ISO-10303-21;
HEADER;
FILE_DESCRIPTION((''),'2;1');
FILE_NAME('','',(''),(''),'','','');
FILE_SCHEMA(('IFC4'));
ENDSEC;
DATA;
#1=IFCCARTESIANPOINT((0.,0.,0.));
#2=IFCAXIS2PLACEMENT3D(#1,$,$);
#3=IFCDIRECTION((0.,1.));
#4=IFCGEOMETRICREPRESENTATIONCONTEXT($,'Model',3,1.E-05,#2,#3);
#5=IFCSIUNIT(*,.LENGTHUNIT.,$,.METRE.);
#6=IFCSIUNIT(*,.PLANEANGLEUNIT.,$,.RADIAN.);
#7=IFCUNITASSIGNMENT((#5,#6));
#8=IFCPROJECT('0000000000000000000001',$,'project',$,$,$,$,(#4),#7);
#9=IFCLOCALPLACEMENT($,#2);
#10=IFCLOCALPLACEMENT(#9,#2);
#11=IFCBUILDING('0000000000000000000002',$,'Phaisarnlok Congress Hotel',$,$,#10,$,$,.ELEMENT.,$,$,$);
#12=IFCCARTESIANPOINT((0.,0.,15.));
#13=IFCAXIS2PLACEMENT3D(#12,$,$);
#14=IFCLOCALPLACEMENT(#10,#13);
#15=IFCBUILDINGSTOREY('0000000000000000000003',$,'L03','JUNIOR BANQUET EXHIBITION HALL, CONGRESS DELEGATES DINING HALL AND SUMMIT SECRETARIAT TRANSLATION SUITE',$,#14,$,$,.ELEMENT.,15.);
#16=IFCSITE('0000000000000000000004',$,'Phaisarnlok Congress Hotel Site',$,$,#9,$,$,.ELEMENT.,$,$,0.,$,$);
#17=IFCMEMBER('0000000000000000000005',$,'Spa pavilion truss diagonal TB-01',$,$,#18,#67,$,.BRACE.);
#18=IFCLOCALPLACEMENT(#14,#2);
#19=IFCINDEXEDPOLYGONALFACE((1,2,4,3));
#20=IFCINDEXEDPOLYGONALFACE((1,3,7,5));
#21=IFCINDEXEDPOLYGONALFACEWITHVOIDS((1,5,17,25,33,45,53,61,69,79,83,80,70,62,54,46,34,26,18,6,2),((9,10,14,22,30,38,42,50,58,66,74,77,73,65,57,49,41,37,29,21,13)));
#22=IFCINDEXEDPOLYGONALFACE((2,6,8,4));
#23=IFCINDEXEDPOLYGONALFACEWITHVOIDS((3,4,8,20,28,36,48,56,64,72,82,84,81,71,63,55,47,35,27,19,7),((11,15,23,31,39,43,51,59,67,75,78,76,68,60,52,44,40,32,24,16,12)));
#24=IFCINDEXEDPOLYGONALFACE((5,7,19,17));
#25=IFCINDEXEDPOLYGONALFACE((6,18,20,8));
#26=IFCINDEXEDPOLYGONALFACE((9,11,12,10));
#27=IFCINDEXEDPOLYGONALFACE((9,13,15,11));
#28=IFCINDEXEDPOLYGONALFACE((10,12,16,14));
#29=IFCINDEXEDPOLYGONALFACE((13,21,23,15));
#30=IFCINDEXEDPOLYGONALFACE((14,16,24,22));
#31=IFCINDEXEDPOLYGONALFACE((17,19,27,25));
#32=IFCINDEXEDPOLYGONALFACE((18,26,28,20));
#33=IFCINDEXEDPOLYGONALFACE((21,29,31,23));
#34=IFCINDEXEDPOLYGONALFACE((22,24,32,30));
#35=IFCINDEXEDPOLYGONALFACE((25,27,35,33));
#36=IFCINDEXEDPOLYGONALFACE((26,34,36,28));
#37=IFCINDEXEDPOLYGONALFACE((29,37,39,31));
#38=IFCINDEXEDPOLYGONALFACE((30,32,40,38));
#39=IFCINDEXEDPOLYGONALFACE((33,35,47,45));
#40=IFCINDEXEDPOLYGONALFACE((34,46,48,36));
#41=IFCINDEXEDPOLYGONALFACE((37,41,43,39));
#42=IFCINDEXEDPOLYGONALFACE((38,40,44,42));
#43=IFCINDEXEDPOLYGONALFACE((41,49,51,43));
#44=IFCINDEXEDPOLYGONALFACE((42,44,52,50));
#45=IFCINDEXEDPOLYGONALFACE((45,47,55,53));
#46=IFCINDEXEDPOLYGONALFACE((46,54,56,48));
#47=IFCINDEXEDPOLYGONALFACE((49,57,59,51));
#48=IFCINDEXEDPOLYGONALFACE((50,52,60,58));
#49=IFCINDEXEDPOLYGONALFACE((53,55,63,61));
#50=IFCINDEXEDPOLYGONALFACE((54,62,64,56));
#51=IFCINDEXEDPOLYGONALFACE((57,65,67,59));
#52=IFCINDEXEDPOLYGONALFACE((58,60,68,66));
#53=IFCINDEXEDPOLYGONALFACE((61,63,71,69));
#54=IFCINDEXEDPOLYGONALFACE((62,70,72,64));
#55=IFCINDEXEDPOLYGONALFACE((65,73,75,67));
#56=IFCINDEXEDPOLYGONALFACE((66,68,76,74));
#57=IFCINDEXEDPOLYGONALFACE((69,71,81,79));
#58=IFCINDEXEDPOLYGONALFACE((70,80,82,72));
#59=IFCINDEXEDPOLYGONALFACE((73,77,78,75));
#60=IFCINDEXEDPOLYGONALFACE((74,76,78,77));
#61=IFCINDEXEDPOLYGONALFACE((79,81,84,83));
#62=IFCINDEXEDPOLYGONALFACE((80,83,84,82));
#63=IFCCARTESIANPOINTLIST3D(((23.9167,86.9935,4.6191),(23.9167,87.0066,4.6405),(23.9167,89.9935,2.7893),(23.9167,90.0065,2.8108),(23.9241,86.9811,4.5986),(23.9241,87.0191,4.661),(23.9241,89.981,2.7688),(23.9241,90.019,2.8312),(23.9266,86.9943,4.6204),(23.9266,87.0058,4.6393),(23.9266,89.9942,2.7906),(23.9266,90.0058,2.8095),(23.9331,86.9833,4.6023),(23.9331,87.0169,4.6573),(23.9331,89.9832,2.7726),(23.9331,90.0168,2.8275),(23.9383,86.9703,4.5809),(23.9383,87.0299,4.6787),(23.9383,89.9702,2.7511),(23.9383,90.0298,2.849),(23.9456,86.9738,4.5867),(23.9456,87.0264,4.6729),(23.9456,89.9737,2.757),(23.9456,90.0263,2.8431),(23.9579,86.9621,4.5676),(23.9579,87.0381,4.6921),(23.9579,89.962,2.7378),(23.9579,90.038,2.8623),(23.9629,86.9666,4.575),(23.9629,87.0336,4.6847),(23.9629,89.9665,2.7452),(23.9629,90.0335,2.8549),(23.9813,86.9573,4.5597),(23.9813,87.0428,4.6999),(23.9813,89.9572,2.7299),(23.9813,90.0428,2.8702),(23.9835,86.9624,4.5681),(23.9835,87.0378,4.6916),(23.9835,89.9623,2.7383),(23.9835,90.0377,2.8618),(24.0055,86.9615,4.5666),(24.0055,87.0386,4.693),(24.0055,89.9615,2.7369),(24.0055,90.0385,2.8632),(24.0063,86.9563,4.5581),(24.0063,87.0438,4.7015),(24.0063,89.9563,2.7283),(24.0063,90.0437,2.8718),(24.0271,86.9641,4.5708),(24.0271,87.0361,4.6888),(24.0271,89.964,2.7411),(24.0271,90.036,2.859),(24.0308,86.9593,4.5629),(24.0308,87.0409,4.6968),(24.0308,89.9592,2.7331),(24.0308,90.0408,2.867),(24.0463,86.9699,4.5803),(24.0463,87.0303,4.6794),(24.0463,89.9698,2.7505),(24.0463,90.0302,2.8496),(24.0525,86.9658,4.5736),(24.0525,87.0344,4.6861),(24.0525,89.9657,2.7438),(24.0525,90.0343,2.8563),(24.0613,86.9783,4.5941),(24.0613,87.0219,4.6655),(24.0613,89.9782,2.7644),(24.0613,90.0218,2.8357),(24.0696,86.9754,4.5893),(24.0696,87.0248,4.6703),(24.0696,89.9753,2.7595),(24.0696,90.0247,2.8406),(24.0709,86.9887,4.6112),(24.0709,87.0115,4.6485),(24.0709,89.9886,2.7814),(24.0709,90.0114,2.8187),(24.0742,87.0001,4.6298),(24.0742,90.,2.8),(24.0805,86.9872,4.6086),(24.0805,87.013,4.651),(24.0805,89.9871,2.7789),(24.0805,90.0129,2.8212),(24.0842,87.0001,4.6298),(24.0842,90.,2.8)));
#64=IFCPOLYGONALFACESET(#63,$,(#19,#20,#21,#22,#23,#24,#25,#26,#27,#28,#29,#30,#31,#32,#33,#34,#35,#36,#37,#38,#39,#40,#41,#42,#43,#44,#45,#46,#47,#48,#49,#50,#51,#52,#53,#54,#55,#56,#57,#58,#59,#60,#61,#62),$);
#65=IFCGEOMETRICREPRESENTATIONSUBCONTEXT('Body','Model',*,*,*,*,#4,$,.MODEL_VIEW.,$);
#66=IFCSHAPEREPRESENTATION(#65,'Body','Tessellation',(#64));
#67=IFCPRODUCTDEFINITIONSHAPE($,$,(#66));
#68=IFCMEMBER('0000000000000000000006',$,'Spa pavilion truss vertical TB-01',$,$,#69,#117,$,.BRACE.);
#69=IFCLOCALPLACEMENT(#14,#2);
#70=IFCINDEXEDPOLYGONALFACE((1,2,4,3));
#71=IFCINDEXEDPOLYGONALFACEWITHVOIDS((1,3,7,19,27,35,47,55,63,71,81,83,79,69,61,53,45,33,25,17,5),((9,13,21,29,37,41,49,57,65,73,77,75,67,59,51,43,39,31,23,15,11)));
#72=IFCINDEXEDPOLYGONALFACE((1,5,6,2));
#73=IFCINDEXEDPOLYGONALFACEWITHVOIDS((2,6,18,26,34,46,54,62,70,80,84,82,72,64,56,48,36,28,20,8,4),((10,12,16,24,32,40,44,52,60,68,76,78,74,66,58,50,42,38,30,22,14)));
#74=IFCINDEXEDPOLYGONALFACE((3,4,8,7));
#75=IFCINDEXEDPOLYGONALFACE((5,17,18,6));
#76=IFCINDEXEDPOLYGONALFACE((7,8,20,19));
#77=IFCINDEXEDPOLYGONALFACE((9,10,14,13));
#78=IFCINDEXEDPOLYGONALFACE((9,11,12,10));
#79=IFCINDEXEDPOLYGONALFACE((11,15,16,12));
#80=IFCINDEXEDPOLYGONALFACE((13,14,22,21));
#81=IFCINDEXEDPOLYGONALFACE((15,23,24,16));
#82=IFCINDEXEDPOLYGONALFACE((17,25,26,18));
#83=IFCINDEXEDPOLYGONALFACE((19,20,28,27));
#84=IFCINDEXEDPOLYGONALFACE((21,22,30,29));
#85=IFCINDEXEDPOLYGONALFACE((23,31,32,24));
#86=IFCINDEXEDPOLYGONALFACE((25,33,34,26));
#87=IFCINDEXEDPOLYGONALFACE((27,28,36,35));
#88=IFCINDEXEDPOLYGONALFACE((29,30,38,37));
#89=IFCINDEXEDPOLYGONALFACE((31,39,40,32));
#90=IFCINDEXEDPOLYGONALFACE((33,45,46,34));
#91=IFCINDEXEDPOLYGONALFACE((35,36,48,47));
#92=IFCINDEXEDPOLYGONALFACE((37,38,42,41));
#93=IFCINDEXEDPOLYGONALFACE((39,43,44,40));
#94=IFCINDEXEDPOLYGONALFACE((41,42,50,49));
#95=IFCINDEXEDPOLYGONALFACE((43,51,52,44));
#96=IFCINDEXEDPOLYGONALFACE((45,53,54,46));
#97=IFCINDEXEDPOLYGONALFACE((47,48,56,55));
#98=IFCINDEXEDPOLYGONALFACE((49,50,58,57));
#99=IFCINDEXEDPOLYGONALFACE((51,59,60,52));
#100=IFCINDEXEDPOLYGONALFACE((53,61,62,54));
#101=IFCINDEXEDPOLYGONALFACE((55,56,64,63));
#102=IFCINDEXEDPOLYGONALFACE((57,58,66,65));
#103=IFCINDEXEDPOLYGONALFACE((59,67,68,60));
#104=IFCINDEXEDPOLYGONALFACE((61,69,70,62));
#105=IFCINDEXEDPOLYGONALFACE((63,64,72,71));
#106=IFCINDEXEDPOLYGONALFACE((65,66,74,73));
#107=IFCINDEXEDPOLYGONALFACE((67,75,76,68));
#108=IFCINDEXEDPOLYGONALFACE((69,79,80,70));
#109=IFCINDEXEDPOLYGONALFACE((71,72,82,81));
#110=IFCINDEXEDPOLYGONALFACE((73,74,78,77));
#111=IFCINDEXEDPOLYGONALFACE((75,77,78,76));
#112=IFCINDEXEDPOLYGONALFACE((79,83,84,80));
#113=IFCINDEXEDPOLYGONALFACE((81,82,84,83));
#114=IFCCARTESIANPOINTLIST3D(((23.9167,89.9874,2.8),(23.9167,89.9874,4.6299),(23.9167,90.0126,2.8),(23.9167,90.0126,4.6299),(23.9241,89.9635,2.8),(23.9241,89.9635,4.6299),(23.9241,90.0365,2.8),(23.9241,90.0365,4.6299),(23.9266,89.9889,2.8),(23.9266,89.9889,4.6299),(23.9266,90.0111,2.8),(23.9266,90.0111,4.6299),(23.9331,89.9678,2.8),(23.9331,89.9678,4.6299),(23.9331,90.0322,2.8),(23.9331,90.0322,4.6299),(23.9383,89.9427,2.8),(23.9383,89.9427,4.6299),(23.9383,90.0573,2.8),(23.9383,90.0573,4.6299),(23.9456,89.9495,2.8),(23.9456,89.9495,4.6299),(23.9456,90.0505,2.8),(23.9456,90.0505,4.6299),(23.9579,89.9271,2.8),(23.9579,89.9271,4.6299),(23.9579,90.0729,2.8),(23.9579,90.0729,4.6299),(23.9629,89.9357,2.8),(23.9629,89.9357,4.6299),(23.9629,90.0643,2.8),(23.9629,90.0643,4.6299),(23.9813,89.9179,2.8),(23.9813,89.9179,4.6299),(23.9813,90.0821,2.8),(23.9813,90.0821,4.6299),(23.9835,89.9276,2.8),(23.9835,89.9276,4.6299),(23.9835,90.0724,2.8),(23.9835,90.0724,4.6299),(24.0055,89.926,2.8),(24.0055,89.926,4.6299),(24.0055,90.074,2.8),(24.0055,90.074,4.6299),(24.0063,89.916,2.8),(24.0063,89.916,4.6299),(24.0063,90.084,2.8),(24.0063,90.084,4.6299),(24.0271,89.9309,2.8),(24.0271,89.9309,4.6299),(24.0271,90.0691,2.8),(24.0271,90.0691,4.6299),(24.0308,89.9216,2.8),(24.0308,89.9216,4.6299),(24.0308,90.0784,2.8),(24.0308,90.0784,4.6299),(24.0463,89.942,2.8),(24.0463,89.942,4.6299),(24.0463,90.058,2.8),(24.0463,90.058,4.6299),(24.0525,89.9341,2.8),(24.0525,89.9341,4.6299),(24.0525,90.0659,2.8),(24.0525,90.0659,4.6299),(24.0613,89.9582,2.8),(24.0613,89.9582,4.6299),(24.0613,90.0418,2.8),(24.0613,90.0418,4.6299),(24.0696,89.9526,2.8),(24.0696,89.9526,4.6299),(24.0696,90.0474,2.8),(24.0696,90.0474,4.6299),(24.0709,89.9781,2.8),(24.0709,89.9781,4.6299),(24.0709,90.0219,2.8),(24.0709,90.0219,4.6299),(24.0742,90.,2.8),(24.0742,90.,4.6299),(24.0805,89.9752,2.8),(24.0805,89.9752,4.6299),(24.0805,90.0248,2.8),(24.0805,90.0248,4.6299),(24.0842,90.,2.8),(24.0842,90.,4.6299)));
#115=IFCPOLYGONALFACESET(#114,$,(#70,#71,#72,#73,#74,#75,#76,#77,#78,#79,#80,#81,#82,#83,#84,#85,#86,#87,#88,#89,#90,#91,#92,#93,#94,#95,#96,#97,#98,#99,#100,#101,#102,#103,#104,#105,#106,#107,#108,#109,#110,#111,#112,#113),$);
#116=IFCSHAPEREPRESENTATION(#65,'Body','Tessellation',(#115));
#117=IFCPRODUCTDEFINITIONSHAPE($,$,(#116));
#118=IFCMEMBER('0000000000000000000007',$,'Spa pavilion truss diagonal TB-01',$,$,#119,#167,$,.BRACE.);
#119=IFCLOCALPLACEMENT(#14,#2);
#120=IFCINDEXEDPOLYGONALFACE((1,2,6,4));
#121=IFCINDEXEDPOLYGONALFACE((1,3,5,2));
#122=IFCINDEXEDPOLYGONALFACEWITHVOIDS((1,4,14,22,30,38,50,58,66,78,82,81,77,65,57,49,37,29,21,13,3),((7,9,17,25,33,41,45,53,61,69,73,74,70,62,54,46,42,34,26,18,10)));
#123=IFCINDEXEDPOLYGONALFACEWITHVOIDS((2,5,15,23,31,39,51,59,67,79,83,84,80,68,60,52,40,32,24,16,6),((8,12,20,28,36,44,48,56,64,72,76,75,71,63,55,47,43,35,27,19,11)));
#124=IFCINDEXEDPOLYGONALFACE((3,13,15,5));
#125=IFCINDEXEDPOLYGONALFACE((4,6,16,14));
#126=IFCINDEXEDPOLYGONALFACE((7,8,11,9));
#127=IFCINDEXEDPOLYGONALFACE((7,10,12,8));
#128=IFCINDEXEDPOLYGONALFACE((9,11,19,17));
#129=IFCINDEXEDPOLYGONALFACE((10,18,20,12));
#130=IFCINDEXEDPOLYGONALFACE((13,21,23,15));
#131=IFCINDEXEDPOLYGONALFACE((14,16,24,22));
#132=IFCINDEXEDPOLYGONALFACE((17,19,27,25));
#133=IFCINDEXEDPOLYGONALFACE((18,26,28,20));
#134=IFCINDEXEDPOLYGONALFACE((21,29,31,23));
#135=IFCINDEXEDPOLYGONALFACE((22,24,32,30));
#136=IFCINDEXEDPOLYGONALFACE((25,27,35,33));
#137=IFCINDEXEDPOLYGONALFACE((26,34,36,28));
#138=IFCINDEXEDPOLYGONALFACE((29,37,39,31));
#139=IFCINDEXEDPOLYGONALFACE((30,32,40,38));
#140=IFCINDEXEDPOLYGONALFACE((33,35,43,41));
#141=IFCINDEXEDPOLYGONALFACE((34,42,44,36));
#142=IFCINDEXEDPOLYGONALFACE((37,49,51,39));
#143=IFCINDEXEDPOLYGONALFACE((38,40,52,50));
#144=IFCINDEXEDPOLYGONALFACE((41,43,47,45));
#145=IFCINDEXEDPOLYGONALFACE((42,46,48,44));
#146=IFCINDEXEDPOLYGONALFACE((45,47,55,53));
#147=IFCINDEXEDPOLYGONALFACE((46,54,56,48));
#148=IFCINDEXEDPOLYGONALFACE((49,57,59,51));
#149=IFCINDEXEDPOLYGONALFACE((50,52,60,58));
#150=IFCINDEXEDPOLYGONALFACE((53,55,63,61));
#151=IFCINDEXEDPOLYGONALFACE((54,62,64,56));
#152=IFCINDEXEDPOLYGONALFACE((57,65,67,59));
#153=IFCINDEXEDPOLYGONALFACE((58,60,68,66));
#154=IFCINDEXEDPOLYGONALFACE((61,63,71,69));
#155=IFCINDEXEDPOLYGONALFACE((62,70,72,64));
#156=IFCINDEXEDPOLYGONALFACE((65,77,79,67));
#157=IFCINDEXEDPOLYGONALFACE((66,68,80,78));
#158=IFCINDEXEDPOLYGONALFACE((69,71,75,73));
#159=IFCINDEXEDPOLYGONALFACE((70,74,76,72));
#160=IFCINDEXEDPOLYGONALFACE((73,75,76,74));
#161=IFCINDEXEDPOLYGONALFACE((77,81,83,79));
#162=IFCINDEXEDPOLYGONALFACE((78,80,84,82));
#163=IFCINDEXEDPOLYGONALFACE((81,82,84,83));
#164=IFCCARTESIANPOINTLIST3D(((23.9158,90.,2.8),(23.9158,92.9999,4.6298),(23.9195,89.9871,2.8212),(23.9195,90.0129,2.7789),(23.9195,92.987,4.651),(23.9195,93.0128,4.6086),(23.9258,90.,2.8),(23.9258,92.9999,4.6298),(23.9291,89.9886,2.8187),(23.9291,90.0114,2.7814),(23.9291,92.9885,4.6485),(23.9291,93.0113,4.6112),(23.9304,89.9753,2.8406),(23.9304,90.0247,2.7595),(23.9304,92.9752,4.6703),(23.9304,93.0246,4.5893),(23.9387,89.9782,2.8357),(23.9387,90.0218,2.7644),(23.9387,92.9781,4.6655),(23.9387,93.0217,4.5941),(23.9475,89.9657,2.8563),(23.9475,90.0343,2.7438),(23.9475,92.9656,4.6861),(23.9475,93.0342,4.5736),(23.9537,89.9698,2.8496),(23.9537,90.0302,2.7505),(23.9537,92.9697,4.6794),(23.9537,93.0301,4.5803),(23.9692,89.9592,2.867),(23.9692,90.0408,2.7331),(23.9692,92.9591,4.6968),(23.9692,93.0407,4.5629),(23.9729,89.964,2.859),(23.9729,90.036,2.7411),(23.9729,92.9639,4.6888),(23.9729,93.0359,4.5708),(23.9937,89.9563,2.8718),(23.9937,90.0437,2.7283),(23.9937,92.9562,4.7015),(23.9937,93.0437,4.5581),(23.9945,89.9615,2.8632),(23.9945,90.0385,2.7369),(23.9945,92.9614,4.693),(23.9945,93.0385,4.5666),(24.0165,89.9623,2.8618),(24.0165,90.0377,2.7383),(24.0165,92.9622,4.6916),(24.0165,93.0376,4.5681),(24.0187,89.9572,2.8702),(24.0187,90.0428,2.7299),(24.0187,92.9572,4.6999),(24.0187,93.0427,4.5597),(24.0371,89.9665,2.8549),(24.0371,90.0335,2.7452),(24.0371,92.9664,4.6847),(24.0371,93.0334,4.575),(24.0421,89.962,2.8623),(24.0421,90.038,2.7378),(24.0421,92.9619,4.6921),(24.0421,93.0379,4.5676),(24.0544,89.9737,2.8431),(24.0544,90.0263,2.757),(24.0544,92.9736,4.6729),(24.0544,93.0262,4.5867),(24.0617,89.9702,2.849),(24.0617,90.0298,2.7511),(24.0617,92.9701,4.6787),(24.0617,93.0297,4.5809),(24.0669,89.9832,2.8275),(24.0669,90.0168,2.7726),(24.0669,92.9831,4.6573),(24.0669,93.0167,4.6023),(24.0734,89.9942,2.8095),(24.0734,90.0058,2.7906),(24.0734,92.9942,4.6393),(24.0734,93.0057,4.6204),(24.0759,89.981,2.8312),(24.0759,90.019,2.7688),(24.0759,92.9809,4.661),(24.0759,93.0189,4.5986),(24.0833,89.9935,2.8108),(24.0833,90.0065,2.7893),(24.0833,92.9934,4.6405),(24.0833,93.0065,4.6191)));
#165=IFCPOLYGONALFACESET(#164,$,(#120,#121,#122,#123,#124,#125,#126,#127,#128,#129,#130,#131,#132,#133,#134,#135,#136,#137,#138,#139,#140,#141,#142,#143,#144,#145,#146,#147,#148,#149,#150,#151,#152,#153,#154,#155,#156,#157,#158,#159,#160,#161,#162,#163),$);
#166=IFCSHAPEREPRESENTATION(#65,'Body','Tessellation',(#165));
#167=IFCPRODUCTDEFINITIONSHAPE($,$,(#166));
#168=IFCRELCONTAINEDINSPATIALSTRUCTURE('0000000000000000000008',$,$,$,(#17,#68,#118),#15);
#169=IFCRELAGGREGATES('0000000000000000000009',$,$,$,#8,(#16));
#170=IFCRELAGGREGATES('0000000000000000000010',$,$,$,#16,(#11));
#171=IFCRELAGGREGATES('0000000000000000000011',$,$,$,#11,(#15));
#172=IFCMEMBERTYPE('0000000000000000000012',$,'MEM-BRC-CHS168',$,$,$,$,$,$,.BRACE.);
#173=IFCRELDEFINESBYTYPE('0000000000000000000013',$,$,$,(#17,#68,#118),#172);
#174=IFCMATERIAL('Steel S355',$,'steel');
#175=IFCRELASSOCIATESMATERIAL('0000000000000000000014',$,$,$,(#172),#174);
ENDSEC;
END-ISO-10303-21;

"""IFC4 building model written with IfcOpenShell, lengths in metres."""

from ifc_helpers import new_model, si_unit, direction, frame, origin, origin_2d, place, context, subcontext, project, spatial, hollow_circle, extrude, material, material_profile, profile_set, type_object, element, save


model = new_model("IFC4")

# Units and contexts
model_context = context("Model", 3, precision=1e-05, world=origin(), true_north=direction((0.0, 1.0)))
body_context = subcontext(model_context, "Body", "Model", "MODEL_VIEW")
ifc_project = project(units=[si_unit("LENGTHUNIT", "METRE"), si_unit("PLANEANGLEUNIT", "RADIAN")], contexts=[model_context])

# Site, building, storey
site_placement = place(None, origin())
site = spatial("IfcSite", under=ifc_project, at=site_placement, Name="Phaisarnlok Congress Hotel Site", CompositionType="ELEMENT", RefElevation=0.0)
building_placement = place(site_placement, origin())
building = spatial("IfcBuilding", under=site, at=building_placement, Name="Phaisarnlok Congress Hotel", CompositionType="ELEMENT")
storey_placement = place(building_placement, frame((0.0, 0.0, 15.0)))
storey = spatial("IfcBuildingStorey", under=building, at=storey_placement, Name="L03", Description="JUNIOR BANQUET EXHIBITION HALL, CONGRESS DELEGATES DINING HALL AND SUMMIT SECRETARIAT TRANSLATION SUITE", CompositionType="ELEMENT", Elevation=15.0)

# Members
ifc_material = material(Name="Steel S355", Category="steel")
ifc_material_profile_1 = material_profile(ifc_material, hollow_circle(Radius=0.0842, WallThickness=0.01, at=origin_2d()), Name="CHS 168.3x10")
ifc_profile_set_1 = profile_set([ifc_material_profile_1], Name="Steel S355")
member_type_1 = type_object("IfcMemberType", Name="MEM-BRC-CHS168", PredefinedType="BRACE", material=ifc_profile_set_1)
for number, where, z_axis, x_axis, name in (
    (1, (24.0, 90.0, 2.8), (0.0, -0.853725, 0.520725), (1.0, 0.0, 0.0), "Spa pavilion truss diagonal TB-01"),
):
    element("IfcMember", number, at=place(storey_placement, frame(where, z_axis=z_axis, x_axis=x_axis)), inside=storey, type_object=member_type_1, Name=name, PredefinedType="BRACE", context=body_context, shape_type="SweptSolid", body=[
        extrude(hollow_circle(Radius=0.0842, WallThickness=0.01, at=origin_2d()), origin(), (0.0, 0.0, 1.0), 3.5139),
    ])
member_1_placement = place(storey_placement, frame((24.0, 90.0, 2.8), z_axis=(0.0, 0.0, 1.0), x_axis=(1.0, 0.0, 0.0)))
element("IfcMember", 2, at=member_1_placement, inside=storey, type_object=member_type_1, Name="Spa pavilion truss vertical TB-01", PredefinedType="BRACE", context=body_context, shape_type="SweptSolid", body=[
    extrude(hollow_circle(Radius=0.0842, WallThickness=0.01, at=origin_2d()), origin(), (0.0, 0.0, 1.0), 1.8298),
])
for number, where, z_axis, x_axis, name in (
    (3, (24.0, 90.0, 2.8), (0.0, 0.853725, 0.520725), (-1.0, 0.0, 0.0), "Spa pavilion truss diagonal TB-01"),
):
    element("IfcMember", number, at=place(storey_placement, frame(where, z_axis=z_axis, x_axis=x_axis)), inside=storey, type_object=member_type_1, Name=name, PredefinedType="BRACE", context=body_context, shape_type="SweptSolid", body=[
        extrude(hollow_circle(Radius=0.0842, WallThickness=0.01, at=origin_2d()), origin(), (0.0, 0.0, 1.0), 3.5139),
    ])

save(model, "model.ifc")
